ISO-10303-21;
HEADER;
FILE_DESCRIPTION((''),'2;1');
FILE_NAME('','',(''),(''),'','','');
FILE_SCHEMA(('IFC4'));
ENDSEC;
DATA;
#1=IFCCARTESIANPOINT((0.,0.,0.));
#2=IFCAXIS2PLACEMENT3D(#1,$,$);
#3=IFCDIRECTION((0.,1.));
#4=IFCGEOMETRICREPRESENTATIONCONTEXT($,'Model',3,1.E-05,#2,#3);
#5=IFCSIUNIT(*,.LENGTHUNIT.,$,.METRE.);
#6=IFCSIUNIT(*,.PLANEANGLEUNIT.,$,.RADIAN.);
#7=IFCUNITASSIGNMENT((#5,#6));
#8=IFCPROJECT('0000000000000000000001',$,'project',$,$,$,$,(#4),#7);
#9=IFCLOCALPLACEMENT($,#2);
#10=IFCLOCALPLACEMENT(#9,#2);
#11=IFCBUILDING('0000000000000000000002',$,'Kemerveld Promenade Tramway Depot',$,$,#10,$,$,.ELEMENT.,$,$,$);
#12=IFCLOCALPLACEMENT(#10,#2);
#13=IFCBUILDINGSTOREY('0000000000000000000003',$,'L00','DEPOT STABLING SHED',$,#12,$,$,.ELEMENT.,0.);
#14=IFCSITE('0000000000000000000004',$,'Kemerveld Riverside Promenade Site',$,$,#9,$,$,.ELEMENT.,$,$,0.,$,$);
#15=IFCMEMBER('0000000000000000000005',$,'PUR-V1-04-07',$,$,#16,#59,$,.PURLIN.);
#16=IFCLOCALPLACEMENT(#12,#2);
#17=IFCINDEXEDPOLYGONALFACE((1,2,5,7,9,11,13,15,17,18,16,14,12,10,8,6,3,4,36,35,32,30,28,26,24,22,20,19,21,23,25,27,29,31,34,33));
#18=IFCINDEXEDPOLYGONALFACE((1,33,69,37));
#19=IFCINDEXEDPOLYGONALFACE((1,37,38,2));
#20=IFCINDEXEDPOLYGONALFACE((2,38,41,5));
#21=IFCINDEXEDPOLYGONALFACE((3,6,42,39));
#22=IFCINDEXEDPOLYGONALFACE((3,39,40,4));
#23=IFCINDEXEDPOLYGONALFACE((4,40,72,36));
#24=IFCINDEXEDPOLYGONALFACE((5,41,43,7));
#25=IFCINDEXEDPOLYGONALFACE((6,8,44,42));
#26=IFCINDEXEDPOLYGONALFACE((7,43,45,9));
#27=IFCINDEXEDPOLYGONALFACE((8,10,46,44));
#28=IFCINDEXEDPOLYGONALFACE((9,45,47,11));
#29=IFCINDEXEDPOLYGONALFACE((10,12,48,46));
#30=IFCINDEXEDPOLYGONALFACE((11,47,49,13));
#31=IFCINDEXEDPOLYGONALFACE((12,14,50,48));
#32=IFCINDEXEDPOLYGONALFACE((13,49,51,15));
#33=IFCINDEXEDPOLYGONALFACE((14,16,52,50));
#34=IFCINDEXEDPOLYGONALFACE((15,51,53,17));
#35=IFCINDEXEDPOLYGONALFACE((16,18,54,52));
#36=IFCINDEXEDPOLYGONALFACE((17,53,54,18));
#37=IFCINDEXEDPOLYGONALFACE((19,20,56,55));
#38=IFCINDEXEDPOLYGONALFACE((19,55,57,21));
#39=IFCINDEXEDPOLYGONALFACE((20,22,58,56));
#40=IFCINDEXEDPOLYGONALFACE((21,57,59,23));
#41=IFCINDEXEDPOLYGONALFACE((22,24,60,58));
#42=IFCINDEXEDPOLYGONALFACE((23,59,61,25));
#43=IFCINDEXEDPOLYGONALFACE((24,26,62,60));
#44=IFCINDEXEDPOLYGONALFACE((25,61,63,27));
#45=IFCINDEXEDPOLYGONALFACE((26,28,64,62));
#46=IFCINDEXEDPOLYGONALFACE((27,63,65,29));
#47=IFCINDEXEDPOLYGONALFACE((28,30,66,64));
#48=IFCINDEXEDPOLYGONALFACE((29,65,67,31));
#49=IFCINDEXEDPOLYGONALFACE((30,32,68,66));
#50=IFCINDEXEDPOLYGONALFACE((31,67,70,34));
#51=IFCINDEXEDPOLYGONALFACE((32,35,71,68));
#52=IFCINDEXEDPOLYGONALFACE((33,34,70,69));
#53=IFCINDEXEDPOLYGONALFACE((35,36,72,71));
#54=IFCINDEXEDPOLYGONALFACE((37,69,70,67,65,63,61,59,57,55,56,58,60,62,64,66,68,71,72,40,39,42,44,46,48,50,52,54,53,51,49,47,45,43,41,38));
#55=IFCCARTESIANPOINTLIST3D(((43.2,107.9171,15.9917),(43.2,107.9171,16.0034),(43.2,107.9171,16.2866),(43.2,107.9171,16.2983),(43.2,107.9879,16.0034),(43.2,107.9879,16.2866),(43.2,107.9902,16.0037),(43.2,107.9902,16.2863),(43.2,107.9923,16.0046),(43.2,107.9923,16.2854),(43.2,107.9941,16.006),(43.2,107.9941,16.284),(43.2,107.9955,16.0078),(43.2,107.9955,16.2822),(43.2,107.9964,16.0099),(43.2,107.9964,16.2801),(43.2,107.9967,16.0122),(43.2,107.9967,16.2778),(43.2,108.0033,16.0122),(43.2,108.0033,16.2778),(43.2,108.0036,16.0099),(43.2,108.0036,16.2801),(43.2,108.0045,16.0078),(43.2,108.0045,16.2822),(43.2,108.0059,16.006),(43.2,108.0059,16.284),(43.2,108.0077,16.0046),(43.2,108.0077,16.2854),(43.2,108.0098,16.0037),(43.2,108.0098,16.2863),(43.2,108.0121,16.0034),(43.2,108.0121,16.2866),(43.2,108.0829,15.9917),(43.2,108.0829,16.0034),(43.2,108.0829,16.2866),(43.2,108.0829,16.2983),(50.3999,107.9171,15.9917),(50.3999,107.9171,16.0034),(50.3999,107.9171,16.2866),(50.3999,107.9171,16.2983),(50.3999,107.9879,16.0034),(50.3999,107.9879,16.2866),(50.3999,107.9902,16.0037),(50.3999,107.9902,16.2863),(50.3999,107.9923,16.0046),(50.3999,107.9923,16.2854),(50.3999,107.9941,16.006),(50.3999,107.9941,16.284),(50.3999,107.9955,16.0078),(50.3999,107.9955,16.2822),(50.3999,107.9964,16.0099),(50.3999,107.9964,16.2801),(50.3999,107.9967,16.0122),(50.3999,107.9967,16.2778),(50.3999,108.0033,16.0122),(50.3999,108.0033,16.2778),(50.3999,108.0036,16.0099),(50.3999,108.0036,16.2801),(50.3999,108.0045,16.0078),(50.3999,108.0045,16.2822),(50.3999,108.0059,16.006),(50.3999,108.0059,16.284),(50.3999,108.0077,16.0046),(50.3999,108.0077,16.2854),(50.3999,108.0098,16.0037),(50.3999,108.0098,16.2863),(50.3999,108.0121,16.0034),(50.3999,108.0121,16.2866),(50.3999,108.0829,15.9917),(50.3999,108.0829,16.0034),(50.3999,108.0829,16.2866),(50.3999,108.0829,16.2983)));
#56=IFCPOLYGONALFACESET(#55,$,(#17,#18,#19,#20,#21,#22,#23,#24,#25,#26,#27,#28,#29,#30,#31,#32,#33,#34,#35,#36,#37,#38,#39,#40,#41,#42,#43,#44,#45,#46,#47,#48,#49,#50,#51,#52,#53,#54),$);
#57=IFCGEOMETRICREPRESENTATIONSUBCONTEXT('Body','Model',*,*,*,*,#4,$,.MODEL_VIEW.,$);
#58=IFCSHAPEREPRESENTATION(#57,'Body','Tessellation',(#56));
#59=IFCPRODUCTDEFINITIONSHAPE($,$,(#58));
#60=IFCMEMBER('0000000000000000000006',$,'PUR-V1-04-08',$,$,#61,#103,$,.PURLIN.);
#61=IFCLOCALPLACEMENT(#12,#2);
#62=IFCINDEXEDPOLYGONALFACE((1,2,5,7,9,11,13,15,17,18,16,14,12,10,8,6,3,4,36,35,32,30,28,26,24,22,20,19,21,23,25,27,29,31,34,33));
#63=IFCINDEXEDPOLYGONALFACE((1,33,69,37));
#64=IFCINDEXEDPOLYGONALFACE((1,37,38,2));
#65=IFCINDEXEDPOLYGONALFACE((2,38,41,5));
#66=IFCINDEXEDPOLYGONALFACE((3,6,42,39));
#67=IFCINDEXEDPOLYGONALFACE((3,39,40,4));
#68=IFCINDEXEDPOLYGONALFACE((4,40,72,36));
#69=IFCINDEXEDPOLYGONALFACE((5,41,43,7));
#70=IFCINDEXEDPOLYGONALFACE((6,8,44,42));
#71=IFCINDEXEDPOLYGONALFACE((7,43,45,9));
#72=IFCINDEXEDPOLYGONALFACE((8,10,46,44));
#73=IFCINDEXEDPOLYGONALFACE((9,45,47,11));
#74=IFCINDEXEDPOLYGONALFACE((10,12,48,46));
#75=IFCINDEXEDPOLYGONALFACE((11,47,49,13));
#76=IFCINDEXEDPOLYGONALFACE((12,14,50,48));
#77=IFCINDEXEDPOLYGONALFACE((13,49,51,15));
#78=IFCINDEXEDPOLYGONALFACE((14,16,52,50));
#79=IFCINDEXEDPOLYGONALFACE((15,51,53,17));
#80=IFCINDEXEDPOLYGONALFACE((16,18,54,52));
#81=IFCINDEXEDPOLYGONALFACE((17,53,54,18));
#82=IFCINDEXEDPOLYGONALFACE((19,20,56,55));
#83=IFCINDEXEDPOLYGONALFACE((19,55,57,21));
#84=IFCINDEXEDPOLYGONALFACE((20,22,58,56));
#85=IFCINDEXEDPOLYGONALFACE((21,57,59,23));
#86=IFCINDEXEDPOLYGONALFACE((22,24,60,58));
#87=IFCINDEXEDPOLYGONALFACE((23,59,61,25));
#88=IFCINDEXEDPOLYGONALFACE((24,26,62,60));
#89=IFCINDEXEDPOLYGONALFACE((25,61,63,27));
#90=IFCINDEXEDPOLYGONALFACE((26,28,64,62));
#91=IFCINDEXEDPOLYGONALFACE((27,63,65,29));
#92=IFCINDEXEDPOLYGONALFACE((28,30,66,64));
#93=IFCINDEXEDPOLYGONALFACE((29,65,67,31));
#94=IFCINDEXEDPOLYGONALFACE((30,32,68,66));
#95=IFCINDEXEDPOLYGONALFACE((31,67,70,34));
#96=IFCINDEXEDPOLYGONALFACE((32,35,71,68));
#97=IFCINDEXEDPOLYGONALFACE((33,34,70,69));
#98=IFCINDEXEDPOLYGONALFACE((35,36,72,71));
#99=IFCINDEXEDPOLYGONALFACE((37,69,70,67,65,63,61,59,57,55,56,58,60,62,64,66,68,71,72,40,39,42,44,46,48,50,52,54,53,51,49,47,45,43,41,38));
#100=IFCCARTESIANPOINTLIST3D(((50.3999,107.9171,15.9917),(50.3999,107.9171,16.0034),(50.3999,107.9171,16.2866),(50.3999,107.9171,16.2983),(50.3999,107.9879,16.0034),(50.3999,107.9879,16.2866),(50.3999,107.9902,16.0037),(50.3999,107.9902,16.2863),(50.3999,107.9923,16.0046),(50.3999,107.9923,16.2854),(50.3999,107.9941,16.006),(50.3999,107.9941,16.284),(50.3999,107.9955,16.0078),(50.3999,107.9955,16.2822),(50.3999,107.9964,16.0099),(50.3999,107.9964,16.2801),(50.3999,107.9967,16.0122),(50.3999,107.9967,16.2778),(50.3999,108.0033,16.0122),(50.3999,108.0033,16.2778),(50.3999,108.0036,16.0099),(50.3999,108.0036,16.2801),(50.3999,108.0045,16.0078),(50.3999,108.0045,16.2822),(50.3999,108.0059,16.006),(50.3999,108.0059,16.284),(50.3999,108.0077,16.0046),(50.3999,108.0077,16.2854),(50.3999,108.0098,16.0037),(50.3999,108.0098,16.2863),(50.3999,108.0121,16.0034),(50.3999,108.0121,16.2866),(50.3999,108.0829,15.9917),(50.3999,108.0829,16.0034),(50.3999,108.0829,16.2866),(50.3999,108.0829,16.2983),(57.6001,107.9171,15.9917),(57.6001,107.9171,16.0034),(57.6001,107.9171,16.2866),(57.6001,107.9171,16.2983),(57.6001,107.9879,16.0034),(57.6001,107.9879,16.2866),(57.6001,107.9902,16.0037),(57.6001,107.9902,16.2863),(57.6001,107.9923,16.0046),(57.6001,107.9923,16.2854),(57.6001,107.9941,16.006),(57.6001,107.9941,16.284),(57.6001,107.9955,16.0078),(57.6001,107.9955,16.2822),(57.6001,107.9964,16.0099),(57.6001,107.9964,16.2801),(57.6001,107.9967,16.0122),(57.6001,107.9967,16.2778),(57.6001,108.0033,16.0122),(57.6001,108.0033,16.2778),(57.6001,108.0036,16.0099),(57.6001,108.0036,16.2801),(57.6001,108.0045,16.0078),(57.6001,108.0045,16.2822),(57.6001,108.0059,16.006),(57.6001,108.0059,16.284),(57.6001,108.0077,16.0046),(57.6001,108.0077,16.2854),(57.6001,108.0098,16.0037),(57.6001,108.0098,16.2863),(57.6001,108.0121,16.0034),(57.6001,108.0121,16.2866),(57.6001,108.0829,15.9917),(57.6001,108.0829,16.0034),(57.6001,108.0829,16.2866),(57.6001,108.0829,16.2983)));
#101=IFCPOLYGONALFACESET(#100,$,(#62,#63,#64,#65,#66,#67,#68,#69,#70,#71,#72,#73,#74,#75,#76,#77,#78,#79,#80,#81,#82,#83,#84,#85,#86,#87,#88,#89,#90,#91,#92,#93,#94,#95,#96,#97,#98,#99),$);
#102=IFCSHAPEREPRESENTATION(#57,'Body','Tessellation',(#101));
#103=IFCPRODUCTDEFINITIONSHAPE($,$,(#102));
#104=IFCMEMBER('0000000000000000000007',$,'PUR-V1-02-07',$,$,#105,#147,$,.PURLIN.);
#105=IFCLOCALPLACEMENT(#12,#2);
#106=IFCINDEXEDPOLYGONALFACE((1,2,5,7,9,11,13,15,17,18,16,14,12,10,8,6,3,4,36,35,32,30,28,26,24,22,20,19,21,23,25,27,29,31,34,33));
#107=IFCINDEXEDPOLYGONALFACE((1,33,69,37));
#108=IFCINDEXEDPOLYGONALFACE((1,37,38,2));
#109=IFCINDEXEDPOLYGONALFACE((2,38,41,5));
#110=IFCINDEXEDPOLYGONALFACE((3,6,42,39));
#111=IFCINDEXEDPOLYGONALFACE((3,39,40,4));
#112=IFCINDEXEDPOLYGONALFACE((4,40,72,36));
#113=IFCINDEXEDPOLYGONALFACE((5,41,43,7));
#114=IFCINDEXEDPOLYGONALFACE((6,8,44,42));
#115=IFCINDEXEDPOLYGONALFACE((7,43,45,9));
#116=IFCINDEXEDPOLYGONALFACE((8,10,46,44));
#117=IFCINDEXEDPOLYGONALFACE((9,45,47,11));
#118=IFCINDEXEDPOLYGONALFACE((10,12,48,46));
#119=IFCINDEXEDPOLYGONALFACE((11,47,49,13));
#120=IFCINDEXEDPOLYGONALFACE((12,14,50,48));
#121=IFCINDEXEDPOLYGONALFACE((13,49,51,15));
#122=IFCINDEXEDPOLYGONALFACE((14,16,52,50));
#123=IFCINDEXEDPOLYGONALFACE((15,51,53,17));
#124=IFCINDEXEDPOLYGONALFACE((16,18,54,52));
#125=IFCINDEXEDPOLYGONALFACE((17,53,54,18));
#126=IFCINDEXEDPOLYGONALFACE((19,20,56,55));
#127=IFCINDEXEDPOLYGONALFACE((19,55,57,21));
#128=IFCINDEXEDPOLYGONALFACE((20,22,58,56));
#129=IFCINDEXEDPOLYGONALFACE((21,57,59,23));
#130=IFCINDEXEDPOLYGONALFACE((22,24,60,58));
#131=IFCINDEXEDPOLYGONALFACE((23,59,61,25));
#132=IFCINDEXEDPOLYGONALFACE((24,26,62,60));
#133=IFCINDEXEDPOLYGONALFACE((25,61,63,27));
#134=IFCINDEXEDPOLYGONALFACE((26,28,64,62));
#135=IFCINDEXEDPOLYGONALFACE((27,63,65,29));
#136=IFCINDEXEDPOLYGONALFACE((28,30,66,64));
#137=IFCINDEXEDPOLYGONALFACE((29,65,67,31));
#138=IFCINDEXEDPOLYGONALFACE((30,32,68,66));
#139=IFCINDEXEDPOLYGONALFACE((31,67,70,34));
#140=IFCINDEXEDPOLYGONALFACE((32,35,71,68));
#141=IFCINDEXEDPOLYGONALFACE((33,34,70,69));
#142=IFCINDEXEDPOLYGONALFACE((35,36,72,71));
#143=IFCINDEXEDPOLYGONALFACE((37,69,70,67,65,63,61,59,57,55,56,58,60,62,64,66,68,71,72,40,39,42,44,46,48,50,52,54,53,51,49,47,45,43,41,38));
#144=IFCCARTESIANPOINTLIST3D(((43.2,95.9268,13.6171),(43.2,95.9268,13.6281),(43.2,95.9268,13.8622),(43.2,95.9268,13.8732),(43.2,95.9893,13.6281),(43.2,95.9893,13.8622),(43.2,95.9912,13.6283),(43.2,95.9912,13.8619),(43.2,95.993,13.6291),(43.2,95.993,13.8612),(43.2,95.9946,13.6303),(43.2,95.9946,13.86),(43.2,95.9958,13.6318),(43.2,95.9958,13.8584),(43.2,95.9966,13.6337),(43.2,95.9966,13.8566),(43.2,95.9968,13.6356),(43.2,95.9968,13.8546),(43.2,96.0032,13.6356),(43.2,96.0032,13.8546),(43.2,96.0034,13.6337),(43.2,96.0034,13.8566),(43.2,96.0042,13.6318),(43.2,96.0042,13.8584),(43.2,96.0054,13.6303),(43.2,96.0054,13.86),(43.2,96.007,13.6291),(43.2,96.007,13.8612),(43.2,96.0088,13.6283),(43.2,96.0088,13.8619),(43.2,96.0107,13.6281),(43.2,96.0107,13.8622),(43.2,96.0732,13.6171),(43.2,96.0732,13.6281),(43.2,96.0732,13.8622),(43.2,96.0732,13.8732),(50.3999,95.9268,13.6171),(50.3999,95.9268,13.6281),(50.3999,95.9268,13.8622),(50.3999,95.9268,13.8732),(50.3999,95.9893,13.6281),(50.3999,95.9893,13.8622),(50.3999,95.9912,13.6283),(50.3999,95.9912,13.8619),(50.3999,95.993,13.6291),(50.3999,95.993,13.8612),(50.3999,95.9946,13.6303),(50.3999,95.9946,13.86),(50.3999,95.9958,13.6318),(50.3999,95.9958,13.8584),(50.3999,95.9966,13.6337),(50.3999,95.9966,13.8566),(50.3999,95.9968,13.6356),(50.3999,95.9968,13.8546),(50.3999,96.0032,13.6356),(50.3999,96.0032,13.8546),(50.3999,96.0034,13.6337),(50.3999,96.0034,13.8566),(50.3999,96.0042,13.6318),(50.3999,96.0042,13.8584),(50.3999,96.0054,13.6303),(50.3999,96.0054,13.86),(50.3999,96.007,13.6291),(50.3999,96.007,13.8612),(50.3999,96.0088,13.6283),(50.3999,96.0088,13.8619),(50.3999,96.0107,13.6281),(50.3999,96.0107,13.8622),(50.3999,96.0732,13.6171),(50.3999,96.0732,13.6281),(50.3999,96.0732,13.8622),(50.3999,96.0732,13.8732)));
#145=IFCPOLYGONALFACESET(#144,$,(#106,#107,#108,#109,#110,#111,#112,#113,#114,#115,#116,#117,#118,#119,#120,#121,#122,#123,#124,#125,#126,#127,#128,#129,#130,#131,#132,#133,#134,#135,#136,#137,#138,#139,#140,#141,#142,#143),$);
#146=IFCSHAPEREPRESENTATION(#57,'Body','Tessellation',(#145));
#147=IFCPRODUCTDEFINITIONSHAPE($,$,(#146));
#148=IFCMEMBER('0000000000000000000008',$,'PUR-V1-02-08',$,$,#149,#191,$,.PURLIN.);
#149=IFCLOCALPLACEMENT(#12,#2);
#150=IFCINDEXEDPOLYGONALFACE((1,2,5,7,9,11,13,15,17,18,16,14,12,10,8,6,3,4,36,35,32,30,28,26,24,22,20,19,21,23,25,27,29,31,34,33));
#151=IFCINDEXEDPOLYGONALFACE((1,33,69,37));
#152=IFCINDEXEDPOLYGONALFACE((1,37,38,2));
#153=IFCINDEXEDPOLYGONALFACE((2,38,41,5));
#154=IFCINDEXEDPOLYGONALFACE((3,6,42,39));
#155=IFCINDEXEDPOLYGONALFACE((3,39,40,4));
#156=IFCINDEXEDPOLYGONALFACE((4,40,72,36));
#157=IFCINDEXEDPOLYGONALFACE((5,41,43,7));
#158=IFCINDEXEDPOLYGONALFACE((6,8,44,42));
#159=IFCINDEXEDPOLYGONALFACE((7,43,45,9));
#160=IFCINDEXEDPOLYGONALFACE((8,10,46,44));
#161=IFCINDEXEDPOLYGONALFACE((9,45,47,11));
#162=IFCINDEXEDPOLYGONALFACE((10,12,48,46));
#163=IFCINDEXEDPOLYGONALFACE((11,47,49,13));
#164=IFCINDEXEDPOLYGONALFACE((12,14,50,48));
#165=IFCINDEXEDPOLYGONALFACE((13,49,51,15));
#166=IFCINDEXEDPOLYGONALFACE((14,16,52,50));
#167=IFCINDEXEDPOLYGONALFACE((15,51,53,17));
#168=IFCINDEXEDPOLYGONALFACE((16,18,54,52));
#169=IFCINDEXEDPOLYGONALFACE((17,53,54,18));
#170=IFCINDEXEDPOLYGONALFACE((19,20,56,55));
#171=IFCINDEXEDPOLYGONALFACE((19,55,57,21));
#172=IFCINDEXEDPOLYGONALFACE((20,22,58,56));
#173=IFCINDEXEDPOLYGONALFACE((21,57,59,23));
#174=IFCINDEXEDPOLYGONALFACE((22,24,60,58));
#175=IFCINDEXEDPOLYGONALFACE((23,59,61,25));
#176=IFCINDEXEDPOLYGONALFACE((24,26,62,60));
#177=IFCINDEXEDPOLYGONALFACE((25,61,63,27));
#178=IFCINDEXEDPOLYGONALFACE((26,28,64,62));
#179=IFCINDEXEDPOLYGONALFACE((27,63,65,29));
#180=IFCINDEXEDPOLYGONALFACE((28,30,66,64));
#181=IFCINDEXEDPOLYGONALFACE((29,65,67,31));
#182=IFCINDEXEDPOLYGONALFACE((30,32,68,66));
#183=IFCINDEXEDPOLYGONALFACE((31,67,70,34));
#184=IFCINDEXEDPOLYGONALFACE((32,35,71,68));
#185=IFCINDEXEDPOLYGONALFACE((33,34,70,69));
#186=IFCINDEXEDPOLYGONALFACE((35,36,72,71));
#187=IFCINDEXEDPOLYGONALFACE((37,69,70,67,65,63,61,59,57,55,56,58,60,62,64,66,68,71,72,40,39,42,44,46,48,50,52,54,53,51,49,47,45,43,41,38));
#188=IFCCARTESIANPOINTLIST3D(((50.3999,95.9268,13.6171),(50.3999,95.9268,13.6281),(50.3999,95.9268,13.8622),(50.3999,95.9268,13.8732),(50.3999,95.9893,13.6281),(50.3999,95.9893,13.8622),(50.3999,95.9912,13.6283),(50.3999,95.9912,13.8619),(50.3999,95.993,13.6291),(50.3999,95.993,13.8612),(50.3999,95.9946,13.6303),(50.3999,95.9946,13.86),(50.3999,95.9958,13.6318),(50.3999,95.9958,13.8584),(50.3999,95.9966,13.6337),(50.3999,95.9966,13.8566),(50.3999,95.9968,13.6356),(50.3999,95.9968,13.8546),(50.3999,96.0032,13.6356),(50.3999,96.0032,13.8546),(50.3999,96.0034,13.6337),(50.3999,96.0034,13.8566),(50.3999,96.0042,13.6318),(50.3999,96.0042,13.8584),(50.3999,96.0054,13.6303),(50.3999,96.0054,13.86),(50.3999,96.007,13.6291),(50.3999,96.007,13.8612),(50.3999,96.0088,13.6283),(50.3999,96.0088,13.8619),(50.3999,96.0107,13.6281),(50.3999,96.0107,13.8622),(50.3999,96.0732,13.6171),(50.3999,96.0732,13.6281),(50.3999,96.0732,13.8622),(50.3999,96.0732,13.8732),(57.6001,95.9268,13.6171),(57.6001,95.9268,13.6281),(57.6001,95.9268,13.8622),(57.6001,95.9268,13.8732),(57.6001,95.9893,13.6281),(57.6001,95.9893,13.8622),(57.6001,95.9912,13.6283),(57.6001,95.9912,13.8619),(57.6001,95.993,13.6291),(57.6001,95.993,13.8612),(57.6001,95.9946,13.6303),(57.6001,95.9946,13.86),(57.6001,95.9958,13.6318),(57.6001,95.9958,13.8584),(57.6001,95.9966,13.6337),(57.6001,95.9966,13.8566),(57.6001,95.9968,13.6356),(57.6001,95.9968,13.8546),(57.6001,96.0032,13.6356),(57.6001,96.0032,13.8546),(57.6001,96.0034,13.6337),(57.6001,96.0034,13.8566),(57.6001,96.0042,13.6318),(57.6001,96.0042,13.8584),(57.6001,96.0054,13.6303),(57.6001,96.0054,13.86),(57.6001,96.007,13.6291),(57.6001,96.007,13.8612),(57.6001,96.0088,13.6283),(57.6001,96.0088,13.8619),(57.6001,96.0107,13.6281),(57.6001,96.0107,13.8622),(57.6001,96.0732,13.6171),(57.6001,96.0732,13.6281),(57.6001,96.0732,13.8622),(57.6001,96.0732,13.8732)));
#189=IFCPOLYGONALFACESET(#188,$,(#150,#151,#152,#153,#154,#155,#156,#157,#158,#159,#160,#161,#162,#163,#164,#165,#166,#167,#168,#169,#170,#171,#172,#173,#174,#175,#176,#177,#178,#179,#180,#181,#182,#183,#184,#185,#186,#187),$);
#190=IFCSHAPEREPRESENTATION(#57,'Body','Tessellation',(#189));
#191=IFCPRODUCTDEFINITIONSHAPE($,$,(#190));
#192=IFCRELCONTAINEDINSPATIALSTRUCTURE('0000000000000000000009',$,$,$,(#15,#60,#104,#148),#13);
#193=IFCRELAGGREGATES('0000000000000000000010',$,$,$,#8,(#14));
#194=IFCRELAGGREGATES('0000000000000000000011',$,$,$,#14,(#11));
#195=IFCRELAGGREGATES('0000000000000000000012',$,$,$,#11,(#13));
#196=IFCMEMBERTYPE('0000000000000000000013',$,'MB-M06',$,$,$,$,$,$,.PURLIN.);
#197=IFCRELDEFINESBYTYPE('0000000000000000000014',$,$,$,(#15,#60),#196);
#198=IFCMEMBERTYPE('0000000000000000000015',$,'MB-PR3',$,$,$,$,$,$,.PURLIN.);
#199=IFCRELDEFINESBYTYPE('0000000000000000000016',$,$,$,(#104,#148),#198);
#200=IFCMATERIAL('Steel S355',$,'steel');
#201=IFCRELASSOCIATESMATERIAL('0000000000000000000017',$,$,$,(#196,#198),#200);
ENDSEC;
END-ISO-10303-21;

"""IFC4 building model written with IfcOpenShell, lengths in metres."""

from ifc_helpers import new_model, si_unit, direction, frame, origin, origin_2d, place, context, subcontext, project, spatial, i_section, extrude, material, material_profile, profile_set, type_object, element, save


model = new_model("IFC4")

# Units and contexts
model_context = context("Model", 3, precision=1e-05, world=origin(), true_north=direction((0.0, 1.0)))
body_context = subcontext(model_context, "Body", "Model", "MODEL_VIEW")
ifc_project = project(units=[si_unit("LENGTHUNIT", "METRE"), si_unit("PLANEANGLEUNIT", "RADIAN")], contexts=[model_context])

# Site, building, storey
site_placement = place(None, origin())
site = spatial("IfcSite", under=ifc_project, at=site_placement, Name="Kemerveld Riverside Promenade Site", CompositionType="ELEMENT", RefElevation=0.0)
building_placement = place(site_placement, origin())
building = spatial("IfcBuilding", under=site, at=building_placement, Name="Kemerveld Promenade Tramway Depot", CompositionType="ELEMENT")
storey_placement = place(building_placement, origin())
storey = spatial("IfcBuildingStorey", under=building, at=storey_placement, Name="L00", Description="DEPOT STABLING SHED", CompositionType="ELEMENT", Elevation=0.0)

# Members
ifc_material = material(Name="Steel S355", Category="steel")
ifc_material_profile_1 = material_profile(ifc_material, i_section(OverallWidth=0.1658, OverallDepth=0.3066, WebThickness=0.0066, FlangeThickness=0.0117, FilletRadius=0.0088, at=origin_2d()), Name="305x165x46 UB")
ifc_profile_set_1 = profile_set([ifc_material_profile_1], Name="Steel S355")
member_type_1 = type_object("IfcMemberType", Name="MB-M06", PredefinedType="PURLIN", material=ifc_profile_set_1)
member_1_placement = place(storey_placement, frame((43.2, 108.0, 16.145), z_axis=(1.0, 0.0, 0.0), x_axis=(0.0, 1.0, 0.0)))
element("IfcMember", 1, at=member_1_placement, inside=storey, type_object=member_type_1, Name="PUR-V1-04-07", PredefinedType="PURLIN", context=body_context, shape_type="SweptSolid", body=[
    extrude(i_section(OverallWidth=0.1658, OverallDepth=0.3066, WebThickness=0.0066, FlangeThickness=0.0117, FilletRadius=0.0088, at=origin_2d()), origin(), (0.0, 0.0, 1.0), 7.2),
])
member_2_placement = place(storey_placement, frame((50.3999, 108.0, 16.145), z_axis=(1.0, 0.0, 0.0), x_axis=(0.0, 1.0, 0.0)))
element("IfcMember", 2, at=member_2_placement, inside=storey, type_object=member_type_1, Name="PUR-V1-04-08", PredefinedType="PURLIN", context=body_context, shape_type="SweptSolid", body=[
    extrude(i_section(OverallWidth=0.1658, OverallDepth=0.3066, WebThickness=0.0066, FlangeThickness=0.0117, FilletRadius=0.0088, at=origin_2d()), origin(), (0.0, 0.0, 1.0), 7.2002),
])
ifc_material_profile_2 = material_profile(ifc_material, i_section(OverallWidth=0.1465, OverallDepth=0.2561, WebThickness=0.0063, FlangeThickness=0.011, FilletRadius=0.0076, at=origin_2d()), Name="254x146x37 UB")
ifc_profile_set_2 = profile_set([ifc_material_profile_2], Name="Steel S355")
member_type_2 = type_object("IfcMemberType", Name="MB-PR3", PredefinedType="PURLIN", material=ifc_profile_set_2)
member_3_placement = place(storey_placement, frame((43.2, 96.0, 13.7451), z_axis=(1.0, 0.0, 0.0), x_axis=(0.0, 1.0, 0.0)))
element("IfcMember", 3, at=member_3_placement, inside=storey, type_object=member_type_2, Name="PUR-V1-02-07", PredefinedType="PURLIN", context=body_context, shape_type="SweptSolid", body=[
    extrude(i_section(OverallWidth=0.1465, OverallDepth=0.2561, WebThickness=0.0063, FlangeThickness=0.011, FilletRadius=0.0076, at=origin_2d()), origin(), (0.0, 0.0, 1.0), 7.2),
])
member_4_placement = place(storey_placement, frame((50.3999, 96.0, 13.7451), z_axis=(1.0, 0.0, 0.0), x_axis=(0.0, 1.0, 0.0)))
element("IfcMember", 4, at=member_4_placement, inside=storey, type_object=member_type_2, Name="PUR-V1-02-08", PredefinedType="PURLIN", context=body_context, shape_type="SweptSolid", body=[
    extrude(i_section(OverallWidth=0.1465, OverallDepth=0.2561, WebThickness=0.0063, FlangeThickness=0.011, FilletRadius=0.0076, at=origin_2d()), origin(), (0.0, 0.0, 1.0), 7.2002),
])

save(model, "model.ifc")
